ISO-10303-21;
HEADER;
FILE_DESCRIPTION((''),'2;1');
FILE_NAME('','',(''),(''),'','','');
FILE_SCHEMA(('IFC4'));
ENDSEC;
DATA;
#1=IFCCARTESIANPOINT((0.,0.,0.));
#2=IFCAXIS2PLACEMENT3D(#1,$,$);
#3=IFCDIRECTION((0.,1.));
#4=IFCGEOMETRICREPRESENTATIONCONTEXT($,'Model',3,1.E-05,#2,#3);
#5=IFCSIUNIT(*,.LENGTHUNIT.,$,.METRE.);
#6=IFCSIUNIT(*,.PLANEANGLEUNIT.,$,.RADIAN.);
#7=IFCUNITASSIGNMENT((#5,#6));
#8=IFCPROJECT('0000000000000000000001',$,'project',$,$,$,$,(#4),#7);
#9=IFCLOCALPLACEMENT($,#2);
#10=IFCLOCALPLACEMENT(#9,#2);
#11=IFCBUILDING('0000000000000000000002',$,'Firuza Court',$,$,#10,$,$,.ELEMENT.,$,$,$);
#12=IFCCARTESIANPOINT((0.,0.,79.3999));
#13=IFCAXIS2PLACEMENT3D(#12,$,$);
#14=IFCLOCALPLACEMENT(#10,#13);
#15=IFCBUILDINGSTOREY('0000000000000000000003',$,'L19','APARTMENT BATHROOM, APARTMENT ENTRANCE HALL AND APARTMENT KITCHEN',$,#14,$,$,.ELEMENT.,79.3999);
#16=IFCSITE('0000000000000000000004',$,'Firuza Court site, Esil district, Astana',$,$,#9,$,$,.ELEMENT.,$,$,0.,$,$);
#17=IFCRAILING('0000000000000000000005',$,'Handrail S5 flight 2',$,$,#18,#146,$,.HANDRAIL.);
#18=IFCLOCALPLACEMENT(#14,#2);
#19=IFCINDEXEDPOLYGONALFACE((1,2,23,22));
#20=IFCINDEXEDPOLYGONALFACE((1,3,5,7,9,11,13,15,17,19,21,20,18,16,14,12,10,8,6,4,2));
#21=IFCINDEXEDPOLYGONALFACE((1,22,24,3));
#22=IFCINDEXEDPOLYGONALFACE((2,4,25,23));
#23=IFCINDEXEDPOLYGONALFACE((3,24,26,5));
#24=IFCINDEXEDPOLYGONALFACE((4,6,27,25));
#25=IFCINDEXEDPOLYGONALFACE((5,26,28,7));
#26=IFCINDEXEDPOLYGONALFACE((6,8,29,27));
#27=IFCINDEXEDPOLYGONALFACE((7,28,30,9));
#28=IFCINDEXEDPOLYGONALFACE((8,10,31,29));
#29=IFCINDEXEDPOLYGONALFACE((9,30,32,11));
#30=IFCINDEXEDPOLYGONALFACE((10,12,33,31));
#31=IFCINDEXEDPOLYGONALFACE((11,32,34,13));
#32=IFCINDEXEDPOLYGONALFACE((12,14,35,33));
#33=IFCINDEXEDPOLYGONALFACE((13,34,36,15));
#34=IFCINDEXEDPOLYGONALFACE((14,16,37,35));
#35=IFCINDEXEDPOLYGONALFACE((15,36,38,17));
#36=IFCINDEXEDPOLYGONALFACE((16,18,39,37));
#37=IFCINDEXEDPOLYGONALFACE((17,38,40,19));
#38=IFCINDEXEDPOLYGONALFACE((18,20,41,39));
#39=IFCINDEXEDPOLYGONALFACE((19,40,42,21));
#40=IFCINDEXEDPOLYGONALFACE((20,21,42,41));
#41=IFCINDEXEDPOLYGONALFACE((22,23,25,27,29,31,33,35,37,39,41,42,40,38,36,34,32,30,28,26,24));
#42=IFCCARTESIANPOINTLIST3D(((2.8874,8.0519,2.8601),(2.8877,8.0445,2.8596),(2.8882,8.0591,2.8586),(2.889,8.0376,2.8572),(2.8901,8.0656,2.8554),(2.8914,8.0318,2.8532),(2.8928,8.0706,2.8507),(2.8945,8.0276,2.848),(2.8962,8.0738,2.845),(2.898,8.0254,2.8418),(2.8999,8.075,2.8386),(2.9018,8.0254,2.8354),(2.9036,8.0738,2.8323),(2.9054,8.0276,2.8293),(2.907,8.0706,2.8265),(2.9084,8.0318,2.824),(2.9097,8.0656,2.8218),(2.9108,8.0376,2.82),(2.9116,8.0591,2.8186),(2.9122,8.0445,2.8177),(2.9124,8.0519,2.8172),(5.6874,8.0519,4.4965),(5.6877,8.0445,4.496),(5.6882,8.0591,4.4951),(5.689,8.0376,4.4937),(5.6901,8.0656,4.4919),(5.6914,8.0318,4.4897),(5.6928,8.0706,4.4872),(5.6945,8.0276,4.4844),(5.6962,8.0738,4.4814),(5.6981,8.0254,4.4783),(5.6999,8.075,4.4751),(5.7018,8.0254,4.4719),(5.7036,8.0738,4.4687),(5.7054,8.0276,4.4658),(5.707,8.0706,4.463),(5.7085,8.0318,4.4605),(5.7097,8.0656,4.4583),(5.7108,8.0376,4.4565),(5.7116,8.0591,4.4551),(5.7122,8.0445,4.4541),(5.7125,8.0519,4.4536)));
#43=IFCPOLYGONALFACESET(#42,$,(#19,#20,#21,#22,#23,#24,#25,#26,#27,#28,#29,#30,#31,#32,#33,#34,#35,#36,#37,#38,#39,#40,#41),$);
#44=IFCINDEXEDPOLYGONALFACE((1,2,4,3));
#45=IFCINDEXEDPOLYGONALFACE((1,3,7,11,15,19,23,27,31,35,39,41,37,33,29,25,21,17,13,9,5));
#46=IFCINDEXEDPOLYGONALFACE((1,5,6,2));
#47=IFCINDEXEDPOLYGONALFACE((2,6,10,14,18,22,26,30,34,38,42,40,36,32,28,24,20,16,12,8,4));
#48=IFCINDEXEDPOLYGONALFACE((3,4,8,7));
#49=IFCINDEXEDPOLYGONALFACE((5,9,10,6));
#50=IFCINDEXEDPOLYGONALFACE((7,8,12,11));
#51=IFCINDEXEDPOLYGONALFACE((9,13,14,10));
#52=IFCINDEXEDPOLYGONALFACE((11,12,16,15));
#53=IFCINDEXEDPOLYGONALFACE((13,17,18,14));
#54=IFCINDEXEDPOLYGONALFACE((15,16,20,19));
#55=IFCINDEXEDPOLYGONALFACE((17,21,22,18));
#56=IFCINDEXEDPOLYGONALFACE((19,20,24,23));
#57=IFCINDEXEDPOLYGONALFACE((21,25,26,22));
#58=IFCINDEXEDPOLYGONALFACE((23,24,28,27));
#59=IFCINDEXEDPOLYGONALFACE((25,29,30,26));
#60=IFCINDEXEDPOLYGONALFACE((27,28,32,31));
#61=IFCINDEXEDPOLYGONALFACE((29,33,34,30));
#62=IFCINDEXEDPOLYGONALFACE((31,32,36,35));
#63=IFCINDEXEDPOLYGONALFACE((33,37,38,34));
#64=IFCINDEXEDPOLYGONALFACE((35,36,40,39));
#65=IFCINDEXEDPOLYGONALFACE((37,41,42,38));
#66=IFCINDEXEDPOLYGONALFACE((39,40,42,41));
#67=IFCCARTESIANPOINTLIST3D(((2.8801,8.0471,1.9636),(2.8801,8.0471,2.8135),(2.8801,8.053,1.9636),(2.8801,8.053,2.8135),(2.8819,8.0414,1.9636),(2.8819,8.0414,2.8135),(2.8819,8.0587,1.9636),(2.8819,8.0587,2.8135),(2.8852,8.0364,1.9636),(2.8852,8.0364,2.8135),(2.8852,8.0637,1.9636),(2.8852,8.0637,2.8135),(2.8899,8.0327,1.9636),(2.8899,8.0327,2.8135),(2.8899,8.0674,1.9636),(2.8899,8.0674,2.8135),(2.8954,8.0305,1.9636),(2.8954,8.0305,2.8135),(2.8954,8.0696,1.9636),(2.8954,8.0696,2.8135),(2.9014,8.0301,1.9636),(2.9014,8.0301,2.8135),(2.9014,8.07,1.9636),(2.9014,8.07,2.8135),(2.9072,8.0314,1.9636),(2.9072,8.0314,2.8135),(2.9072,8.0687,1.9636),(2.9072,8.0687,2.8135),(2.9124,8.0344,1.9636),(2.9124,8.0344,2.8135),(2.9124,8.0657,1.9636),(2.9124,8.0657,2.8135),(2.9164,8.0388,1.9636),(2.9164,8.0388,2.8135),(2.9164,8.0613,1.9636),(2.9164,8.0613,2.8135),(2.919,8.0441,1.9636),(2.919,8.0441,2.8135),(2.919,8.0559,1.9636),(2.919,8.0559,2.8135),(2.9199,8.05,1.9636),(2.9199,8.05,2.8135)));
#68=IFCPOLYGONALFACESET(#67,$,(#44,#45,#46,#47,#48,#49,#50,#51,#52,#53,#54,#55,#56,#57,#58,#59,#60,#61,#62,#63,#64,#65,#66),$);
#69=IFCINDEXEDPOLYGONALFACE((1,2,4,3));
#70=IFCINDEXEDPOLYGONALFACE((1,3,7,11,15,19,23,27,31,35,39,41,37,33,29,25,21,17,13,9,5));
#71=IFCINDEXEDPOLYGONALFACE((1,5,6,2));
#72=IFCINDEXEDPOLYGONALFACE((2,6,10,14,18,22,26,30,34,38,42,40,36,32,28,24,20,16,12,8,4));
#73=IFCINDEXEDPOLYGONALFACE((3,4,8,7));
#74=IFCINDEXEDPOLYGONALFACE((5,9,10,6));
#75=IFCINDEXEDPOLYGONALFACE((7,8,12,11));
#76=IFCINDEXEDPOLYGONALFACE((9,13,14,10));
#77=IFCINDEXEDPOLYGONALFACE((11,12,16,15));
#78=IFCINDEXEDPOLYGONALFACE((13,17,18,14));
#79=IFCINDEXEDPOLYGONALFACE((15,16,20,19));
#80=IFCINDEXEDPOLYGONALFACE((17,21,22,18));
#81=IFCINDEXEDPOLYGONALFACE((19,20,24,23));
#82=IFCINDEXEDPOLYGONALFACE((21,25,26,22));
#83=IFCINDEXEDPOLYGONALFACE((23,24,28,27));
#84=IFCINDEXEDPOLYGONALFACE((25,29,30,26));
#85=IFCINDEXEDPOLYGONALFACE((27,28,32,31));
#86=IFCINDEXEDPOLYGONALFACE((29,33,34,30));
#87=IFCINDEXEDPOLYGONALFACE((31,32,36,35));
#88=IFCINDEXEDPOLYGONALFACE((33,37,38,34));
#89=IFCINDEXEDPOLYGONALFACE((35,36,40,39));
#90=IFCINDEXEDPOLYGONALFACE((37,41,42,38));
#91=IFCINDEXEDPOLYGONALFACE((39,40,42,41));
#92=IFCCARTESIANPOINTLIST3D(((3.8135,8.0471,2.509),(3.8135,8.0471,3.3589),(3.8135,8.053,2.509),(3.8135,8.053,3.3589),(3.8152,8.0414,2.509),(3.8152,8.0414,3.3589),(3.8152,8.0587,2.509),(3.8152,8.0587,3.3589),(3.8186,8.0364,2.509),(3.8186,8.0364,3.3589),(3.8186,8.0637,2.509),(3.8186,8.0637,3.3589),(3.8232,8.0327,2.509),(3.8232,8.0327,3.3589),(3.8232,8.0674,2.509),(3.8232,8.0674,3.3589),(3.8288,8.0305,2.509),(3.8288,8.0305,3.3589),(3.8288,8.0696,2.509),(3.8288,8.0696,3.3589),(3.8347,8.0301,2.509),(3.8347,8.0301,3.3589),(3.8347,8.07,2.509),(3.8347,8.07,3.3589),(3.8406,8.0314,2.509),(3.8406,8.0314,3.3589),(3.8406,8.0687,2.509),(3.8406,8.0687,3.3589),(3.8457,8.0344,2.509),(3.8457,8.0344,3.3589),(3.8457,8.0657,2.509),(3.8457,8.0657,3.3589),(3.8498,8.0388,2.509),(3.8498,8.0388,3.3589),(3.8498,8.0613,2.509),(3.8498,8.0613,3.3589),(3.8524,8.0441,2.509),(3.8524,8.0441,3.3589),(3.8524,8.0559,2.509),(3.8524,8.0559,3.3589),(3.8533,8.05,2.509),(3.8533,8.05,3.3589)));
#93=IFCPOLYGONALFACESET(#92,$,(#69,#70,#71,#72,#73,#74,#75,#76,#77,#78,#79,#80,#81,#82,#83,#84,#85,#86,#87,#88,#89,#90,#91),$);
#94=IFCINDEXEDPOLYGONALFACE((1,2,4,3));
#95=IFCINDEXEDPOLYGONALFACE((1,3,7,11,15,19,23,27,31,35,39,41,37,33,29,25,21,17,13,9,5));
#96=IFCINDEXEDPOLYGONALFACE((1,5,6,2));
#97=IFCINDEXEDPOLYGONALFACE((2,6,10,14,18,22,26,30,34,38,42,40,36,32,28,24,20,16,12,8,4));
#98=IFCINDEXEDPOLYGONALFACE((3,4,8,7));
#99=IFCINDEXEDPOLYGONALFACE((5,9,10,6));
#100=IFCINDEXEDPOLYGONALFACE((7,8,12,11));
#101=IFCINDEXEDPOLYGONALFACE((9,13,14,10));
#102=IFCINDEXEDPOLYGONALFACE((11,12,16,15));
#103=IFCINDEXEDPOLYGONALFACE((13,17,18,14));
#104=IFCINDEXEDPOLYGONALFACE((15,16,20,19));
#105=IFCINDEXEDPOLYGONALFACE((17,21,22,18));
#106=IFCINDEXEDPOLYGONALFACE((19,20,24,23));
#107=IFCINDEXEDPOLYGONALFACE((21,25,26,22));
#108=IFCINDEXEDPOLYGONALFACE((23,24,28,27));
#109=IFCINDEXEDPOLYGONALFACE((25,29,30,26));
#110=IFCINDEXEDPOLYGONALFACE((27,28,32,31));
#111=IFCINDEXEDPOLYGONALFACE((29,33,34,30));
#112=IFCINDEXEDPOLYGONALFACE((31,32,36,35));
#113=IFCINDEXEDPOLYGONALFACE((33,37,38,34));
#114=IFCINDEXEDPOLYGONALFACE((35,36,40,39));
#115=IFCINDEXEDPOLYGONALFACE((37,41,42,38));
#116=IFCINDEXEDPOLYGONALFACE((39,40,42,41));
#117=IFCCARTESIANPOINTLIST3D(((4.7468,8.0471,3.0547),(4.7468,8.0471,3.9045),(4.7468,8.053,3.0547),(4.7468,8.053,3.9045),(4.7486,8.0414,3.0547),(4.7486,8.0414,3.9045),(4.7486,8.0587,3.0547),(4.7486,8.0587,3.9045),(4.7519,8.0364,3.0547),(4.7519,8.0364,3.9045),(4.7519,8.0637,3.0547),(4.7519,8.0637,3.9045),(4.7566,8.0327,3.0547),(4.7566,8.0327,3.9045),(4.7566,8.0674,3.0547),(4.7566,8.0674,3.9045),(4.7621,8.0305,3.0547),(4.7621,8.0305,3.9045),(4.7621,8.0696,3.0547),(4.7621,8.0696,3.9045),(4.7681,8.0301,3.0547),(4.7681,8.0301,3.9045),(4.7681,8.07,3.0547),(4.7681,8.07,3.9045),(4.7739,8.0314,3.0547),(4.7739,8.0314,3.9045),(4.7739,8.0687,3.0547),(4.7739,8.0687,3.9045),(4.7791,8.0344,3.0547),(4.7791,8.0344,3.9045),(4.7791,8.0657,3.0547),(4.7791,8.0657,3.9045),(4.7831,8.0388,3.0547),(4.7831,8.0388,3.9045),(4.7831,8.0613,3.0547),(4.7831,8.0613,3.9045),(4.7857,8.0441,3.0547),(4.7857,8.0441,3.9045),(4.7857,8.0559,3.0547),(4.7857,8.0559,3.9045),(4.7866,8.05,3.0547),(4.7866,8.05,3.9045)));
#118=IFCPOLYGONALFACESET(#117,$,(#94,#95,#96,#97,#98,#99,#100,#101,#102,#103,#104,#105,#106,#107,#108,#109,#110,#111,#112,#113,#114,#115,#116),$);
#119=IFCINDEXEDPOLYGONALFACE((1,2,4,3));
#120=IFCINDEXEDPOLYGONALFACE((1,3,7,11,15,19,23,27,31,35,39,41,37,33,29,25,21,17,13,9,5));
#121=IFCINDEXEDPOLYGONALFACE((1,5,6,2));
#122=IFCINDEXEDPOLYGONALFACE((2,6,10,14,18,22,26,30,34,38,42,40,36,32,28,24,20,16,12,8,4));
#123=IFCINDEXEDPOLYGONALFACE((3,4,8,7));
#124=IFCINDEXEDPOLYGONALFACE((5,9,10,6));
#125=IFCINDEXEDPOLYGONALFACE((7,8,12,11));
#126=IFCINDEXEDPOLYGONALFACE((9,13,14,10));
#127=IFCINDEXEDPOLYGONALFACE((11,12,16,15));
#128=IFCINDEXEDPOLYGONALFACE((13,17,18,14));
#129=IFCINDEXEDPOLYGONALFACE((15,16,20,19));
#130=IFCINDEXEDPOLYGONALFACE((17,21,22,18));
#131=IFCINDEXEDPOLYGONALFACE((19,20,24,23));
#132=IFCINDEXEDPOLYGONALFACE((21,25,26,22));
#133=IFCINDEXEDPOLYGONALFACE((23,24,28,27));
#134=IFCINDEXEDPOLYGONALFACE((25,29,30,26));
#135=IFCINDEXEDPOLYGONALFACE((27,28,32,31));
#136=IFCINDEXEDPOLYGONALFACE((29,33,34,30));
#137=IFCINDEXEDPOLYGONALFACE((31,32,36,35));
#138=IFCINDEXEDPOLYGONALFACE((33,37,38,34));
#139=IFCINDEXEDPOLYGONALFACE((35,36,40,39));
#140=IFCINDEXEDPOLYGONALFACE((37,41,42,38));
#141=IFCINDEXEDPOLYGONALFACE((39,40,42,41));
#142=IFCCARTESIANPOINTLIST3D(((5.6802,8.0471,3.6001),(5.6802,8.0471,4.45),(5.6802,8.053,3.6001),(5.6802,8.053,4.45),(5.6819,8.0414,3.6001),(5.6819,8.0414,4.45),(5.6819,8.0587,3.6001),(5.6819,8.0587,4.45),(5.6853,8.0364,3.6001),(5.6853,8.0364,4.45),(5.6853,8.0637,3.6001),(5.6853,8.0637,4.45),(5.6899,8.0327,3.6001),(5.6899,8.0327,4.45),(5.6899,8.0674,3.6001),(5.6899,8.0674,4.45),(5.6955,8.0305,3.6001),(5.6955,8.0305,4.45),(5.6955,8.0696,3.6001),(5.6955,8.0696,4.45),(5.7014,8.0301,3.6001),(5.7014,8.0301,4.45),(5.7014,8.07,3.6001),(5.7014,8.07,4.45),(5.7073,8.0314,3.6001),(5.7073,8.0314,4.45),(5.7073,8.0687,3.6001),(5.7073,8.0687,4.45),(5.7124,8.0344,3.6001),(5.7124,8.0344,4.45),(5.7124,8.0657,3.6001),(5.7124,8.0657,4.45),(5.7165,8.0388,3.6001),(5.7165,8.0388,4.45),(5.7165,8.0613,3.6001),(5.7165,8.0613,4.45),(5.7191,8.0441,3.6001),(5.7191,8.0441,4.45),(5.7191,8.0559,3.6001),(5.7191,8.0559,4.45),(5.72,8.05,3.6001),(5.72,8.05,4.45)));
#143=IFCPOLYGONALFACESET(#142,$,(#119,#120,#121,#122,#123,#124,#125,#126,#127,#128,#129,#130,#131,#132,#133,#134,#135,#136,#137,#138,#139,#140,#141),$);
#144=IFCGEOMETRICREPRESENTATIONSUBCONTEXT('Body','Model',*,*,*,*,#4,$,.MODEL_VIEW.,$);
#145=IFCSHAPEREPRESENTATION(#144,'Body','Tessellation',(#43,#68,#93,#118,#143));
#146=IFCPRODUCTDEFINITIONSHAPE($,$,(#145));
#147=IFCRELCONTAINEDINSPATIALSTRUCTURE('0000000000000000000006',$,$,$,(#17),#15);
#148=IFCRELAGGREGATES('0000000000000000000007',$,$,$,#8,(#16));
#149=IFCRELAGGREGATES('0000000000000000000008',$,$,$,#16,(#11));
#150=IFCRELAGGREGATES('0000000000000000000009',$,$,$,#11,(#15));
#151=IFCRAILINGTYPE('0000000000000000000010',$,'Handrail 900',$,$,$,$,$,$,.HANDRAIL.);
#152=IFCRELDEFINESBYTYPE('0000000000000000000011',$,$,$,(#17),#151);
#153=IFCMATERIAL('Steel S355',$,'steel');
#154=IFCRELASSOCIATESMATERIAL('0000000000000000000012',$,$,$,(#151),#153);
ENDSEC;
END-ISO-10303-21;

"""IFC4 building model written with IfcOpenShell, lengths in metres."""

from ifc_helpers import new_model, si_unit, direction, frame, origin, origin_2d, place, context, subcontext, project, spatial, circle, extrude, material, type_object, element, save


model = new_model("IFC4")

# Units and contexts
model_context = context("Model", 3, precision=1e-05, world=origin(), true_north=direction((0.0, 1.0)))
body_context = subcontext(model_context, "Body", "Model", "MODEL_VIEW")
ifc_project = project(units=[si_unit("LENGTHUNIT", "METRE"), si_unit("PLANEANGLEUNIT", "RADIAN")], contexts=[model_context])

# Site, building, storey
site_placement = place(None, origin())
site = spatial("IfcSite", under=ifc_project, at=site_placement, Name="Firuza Court site, Esil district, Astana", CompositionType="ELEMENT", RefElevation=0.0)
building_placement = place(site_placement, origin())
building = spatial("IfcBuilding", under=site, at=building_placement, Name="Firuza Court", CompositionType="ELEMENT")
storey_placement = place(building_placement, frame((0.0, 0.0, 79.3999)))
storey = spatial("IfcBuildingStorey", under=building, at=storey_placement, Name="L19", Description="APARTMENT BATHROOM, APARTMENT ENTRANCE HALL AND APARTMENT KITCHEN", CompositionType="ELEMENT", Elevation=79.3999)

# Railing
ifc_material_1 = material(Name="Steel S355", Category="steel")
railing_type_1 = type_object("IfcRailingType", Name="Handrail 900", PredefinedType="HANDRAIL", material=ifc_material_1)
railing_1_placement = place(storey_placement, frame((2.8999, 8.05, 1.9636)))
element("IfcRailing", 1, at=railing_1_placement, inside=storey, type_object=railing_type_1, Name="Handrail S5 flight 2", PredefinedType="HANDRAIL", context=body_context, shape_type="SweptSolid", body=[
    extrude(circle(Radius=0.0249, at=origin_2d()), frame((0.0, 0.0, 0.875), z_axis=(0.863361, 0.0, 0.504587), x_axis=(0.0, 1.0, 0.0)), (0.0, 0.0, 1.0), 3.2432),
    extrude(circle(Radius=0.02, at=origin_2d()), origin(), (0.0, 0.0, 1.0), 0.8499),
    extrude(circle(Radius=0.02, at=origin_2d()), frame((0.9333, 0.0, 0.5454)), (0.0, 0.0, 1.0), 0.8499),
    extrude(circle(Radius=0.02, at=origin_2d()), frame((1.8667, 0.0, 1.0911)), (0.0, 0.0, 1.0), 0.8499),
    extrude(circle(Radius=0.02, at=origin_2d()), frame((2.8, 0.0, 1.6365)), (0.0, 0.0, 1.0), 0.8499),
])

save(model, "model.ifc")
